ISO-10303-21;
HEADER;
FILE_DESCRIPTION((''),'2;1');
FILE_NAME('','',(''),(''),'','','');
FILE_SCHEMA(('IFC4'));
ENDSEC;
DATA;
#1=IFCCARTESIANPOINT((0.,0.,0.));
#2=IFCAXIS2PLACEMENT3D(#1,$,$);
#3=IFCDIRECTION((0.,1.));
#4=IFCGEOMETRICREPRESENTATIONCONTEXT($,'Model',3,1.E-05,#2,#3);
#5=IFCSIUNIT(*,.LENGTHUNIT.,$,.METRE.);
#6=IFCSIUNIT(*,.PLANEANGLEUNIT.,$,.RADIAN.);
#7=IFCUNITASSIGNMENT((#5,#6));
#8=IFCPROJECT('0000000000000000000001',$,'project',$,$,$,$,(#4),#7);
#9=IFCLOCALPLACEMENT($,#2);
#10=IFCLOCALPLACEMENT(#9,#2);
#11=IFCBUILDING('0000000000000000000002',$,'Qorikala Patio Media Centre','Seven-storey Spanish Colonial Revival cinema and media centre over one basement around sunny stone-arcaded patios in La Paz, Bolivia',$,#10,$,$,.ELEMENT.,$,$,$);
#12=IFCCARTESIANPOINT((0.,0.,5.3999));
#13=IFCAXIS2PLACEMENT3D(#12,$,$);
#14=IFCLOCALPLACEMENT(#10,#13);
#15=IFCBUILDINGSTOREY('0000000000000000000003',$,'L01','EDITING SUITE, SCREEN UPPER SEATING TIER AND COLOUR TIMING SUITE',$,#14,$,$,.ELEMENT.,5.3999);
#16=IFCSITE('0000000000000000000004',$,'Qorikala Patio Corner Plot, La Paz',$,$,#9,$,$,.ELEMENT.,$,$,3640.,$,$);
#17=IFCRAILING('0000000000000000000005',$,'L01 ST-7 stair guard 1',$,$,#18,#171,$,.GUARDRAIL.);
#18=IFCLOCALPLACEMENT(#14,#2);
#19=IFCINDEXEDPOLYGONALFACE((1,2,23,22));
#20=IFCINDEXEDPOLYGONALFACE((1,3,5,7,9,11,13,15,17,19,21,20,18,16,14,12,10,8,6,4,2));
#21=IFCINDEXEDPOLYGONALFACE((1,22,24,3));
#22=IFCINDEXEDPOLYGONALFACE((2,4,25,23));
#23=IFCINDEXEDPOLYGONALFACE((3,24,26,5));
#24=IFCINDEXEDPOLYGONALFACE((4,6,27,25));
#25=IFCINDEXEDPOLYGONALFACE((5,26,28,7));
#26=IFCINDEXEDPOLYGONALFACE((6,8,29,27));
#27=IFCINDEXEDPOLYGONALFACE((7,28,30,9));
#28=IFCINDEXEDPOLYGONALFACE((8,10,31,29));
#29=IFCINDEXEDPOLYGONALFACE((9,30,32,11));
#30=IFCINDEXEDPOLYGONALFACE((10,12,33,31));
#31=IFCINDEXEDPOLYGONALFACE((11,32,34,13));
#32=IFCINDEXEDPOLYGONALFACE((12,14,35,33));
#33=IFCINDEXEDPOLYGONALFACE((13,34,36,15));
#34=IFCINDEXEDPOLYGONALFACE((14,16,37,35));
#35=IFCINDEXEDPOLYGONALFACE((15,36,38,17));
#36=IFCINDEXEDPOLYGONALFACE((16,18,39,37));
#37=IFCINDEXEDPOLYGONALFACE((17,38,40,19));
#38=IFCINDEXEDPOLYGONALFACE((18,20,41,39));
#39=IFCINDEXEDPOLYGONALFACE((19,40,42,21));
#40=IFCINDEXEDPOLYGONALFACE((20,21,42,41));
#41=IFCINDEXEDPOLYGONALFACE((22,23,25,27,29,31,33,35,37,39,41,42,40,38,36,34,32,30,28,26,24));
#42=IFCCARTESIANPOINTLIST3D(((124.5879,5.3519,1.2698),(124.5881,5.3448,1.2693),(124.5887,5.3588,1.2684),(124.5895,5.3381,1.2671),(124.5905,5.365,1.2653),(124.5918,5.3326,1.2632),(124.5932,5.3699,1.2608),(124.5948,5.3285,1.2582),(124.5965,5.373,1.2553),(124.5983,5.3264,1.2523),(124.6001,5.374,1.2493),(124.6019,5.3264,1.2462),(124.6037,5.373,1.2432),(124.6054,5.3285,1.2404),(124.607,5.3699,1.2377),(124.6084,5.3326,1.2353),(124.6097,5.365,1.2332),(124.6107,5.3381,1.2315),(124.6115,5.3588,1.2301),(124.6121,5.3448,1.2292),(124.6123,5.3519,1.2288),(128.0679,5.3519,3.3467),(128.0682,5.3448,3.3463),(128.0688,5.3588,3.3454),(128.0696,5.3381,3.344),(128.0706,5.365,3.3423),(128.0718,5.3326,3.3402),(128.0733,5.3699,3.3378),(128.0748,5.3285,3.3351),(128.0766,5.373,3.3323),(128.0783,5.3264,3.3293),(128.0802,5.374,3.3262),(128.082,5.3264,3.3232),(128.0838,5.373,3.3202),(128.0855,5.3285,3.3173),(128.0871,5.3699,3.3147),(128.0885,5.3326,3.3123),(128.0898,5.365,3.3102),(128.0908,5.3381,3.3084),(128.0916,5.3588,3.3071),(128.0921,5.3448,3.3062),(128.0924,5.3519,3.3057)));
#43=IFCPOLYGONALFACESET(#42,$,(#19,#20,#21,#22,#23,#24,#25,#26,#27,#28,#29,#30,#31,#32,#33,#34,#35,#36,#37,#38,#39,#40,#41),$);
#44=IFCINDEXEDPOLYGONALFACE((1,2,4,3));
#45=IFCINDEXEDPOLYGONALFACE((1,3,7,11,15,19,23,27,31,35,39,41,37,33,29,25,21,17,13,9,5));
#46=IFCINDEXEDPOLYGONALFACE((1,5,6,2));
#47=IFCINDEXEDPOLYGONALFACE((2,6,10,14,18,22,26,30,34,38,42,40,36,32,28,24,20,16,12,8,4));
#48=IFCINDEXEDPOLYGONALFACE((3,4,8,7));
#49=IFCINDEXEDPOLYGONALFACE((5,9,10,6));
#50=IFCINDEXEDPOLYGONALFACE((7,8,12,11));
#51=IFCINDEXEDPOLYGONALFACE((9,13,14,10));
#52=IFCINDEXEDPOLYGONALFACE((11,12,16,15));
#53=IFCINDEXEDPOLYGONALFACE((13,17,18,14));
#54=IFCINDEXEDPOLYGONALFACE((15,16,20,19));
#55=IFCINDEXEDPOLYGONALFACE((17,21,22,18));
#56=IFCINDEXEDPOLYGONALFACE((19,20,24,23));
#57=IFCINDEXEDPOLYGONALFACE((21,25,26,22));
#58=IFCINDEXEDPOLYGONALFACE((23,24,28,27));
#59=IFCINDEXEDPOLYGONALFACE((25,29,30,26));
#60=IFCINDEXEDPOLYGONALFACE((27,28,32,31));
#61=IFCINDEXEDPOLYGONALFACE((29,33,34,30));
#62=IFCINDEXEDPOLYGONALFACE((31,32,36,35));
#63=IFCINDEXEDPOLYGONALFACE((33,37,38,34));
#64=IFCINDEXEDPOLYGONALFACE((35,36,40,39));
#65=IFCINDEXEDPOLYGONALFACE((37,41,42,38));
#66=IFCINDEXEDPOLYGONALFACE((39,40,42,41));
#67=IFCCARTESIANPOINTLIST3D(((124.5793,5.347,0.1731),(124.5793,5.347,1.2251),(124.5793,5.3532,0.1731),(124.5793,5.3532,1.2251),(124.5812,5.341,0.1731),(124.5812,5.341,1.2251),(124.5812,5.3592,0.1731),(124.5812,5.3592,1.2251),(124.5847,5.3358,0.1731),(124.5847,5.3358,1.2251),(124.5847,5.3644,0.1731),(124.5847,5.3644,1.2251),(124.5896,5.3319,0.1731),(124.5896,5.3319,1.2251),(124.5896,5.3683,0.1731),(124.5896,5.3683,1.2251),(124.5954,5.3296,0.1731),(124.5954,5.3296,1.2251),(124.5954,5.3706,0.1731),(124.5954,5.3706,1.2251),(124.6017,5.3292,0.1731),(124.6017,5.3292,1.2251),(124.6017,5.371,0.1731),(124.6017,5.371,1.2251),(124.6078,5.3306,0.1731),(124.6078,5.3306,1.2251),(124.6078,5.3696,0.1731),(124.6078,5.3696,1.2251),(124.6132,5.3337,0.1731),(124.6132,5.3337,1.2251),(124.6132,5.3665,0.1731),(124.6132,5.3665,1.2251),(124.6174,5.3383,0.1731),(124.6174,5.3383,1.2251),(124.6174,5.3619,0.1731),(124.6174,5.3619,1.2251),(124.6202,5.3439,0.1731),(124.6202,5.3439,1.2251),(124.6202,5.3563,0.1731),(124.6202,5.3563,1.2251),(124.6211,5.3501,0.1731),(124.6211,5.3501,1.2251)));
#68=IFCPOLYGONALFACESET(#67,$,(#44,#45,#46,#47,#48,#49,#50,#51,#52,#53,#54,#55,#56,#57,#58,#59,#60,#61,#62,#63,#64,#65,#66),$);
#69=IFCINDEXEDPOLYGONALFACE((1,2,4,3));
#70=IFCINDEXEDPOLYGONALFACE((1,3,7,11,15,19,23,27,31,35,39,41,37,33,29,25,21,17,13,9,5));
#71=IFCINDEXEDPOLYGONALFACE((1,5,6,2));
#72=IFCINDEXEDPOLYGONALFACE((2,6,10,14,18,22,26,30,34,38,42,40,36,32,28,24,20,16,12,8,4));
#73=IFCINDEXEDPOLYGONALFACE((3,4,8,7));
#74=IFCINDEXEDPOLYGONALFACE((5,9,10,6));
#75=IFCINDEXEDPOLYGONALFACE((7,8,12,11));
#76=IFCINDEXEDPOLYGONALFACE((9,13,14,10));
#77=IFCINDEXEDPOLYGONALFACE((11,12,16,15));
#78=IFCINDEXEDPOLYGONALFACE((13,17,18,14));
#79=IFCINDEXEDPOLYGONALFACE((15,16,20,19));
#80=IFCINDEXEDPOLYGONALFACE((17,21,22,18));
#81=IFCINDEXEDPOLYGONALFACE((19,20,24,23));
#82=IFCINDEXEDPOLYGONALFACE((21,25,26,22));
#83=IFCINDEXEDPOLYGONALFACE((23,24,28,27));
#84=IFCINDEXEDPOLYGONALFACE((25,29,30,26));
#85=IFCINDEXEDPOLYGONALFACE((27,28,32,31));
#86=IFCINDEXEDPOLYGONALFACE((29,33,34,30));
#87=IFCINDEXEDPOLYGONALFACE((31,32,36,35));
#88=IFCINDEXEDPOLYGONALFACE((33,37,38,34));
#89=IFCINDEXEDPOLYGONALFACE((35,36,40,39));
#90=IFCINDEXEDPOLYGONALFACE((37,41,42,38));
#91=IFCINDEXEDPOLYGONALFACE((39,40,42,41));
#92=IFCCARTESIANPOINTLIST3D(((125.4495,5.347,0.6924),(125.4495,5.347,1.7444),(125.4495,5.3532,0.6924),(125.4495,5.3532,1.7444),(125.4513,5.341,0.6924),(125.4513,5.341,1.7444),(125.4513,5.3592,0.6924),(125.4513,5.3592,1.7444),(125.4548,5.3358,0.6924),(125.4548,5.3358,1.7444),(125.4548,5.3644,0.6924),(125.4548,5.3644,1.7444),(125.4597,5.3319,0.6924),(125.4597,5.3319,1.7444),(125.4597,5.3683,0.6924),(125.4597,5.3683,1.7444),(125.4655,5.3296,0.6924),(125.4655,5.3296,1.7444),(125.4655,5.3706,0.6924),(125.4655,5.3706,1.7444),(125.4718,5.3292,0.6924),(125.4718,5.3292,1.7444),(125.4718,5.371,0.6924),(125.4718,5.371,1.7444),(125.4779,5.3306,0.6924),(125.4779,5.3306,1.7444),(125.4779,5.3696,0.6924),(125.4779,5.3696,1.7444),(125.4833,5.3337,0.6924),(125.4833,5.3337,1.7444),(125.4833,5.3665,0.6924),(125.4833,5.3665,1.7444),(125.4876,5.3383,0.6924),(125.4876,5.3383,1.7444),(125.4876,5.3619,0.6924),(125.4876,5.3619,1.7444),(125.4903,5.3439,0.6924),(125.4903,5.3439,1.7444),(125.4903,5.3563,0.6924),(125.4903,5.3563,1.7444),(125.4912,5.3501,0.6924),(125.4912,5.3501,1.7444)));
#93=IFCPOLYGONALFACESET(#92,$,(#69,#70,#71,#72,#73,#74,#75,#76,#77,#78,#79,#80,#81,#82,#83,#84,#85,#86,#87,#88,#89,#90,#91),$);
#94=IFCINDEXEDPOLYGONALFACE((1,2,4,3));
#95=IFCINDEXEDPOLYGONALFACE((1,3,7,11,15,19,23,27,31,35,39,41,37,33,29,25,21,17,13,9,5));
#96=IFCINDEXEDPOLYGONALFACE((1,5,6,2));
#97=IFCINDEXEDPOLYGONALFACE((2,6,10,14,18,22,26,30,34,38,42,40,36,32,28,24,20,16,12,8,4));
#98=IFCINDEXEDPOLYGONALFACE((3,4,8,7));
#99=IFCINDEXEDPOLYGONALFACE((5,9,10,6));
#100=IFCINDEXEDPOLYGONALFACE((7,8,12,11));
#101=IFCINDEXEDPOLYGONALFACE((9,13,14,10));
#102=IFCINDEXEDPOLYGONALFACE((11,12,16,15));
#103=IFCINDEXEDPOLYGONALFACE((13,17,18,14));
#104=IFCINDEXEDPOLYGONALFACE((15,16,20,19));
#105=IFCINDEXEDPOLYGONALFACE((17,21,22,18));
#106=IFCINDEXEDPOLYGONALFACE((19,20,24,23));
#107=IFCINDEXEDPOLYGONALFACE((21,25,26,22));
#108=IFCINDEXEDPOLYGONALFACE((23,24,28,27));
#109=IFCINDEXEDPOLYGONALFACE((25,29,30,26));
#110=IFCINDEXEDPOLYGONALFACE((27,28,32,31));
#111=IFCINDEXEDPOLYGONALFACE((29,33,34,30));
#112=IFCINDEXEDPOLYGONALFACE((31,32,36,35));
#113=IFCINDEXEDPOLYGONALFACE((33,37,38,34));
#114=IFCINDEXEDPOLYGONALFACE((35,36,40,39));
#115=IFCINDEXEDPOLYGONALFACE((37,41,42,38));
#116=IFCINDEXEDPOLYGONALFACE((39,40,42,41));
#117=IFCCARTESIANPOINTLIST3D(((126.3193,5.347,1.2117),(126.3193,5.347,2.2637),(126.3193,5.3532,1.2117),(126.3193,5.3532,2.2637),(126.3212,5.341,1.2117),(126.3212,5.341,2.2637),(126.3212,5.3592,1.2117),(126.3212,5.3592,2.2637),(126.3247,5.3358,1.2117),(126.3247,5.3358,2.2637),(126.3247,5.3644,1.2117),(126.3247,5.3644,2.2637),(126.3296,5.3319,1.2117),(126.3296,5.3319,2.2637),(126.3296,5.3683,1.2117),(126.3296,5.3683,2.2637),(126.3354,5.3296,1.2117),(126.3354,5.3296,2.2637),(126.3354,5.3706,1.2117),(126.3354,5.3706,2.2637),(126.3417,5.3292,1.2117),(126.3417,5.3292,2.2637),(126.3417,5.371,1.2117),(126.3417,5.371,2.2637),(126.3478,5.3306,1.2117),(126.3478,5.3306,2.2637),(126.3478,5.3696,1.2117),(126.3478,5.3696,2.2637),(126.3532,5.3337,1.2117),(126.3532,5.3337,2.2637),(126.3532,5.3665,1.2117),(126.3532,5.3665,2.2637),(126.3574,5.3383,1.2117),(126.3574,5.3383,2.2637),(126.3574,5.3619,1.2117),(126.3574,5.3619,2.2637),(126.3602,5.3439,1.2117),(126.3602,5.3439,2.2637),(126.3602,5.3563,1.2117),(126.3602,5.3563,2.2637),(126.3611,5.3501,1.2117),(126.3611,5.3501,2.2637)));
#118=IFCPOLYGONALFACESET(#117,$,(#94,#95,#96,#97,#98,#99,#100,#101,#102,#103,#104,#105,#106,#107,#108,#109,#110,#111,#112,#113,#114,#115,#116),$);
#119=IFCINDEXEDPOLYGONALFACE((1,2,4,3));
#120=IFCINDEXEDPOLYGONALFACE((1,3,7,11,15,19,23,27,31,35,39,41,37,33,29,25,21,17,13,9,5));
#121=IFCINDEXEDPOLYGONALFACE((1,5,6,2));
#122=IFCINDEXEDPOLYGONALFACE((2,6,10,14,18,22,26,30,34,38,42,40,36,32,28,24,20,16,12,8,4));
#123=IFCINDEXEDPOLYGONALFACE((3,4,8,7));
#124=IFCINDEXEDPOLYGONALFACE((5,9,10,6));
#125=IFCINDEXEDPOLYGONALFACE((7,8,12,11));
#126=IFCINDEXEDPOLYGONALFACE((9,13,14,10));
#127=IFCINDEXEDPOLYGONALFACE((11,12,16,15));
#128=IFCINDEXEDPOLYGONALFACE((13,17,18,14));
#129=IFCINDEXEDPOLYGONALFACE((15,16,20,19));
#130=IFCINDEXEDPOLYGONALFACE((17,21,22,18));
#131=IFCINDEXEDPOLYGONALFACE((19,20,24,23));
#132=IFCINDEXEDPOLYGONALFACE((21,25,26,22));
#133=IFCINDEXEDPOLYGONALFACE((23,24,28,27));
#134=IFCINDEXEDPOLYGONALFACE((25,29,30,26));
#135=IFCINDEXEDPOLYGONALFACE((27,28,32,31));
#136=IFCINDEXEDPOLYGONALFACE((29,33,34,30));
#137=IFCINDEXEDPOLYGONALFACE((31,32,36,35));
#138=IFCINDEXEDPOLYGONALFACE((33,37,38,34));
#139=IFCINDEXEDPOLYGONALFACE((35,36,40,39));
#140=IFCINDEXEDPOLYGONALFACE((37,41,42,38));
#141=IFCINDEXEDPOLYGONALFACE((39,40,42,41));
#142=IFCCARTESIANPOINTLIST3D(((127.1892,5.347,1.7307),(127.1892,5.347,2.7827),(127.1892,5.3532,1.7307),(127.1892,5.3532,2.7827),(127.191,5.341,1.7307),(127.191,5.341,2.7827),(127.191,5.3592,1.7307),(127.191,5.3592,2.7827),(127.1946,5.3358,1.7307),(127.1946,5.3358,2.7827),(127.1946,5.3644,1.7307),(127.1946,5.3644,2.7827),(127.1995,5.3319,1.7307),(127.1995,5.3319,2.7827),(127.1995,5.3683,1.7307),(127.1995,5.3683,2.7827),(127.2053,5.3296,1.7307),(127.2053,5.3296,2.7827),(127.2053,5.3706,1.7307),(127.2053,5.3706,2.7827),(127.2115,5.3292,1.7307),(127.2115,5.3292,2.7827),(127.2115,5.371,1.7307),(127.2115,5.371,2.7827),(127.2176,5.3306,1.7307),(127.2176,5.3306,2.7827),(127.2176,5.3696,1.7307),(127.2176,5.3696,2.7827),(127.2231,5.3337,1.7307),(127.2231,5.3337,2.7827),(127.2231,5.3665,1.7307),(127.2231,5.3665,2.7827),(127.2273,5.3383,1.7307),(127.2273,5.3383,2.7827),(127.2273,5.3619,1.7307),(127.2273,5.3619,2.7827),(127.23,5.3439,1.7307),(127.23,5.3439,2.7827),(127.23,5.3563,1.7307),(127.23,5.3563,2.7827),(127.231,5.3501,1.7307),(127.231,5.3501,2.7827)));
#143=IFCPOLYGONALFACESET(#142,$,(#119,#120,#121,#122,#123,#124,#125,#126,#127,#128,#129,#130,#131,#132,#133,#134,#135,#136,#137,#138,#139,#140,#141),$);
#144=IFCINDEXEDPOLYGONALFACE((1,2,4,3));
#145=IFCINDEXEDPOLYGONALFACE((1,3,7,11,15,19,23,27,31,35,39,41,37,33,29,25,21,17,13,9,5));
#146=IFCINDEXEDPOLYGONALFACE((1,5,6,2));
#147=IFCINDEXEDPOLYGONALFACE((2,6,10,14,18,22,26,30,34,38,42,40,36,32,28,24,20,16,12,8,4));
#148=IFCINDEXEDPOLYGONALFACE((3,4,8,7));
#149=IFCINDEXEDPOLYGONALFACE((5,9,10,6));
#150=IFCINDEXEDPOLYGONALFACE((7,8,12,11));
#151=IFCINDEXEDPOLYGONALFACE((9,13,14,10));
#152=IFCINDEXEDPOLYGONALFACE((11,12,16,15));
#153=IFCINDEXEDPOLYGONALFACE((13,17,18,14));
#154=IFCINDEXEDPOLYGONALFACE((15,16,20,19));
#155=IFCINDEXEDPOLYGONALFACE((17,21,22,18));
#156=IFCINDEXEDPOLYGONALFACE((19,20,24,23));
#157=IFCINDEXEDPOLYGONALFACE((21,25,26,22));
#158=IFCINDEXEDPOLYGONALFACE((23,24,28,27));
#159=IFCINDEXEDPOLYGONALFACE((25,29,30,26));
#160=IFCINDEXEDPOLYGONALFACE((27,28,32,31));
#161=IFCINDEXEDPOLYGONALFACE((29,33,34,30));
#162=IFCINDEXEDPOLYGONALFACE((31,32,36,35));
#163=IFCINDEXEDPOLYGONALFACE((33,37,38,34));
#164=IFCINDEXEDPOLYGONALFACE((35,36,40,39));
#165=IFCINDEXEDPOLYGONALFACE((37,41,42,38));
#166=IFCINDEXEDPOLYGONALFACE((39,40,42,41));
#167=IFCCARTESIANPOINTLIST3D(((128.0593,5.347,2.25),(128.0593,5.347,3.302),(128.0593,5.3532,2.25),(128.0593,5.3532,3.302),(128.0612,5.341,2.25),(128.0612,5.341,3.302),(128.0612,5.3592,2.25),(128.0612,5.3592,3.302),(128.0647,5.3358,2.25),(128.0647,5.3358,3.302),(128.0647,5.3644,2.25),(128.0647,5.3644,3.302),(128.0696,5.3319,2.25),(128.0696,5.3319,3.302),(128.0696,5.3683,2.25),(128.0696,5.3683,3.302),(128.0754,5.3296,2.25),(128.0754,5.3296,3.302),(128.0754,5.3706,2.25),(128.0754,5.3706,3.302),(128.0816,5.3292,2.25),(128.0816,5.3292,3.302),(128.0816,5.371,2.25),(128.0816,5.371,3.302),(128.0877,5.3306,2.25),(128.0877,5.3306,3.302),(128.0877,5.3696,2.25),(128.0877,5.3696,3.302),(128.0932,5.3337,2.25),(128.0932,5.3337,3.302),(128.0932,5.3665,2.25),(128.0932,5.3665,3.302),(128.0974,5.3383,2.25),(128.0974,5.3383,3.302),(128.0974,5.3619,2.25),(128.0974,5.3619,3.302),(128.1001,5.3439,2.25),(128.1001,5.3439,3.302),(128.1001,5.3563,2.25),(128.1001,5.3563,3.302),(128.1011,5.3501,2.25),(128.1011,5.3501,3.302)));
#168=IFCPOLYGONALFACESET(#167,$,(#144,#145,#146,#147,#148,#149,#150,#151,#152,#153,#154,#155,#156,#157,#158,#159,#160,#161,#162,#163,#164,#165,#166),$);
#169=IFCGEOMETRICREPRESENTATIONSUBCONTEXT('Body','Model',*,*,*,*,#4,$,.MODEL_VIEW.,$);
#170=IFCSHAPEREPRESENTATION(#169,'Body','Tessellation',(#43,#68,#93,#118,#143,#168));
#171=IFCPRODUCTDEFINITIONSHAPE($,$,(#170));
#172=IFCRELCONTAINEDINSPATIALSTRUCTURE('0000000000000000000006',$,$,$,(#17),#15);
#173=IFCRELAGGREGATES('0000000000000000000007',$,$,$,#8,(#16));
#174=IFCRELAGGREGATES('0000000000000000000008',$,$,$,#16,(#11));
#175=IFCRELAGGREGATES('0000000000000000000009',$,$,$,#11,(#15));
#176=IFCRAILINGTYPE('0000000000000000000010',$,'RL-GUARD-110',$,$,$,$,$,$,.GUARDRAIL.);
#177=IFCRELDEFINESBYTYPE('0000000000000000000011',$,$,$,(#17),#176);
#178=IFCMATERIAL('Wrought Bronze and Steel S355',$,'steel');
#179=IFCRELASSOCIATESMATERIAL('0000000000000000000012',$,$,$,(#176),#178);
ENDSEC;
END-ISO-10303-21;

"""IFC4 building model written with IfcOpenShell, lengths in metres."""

from ifc_helpers import new_model, si_unit, direction, frame, origin, origin_2d, place, context, subcontext, project, spatial, circle, extrude, material, type_object, element, save


model = new_model("IFC4")

# Units and contexts
model_context = context("Model", 3, precision=1e-05, world=origin(), true_north=direction((0.0, 1.0)))
body_context = subcontext(model_context, "Body", "Model", "MODEL_VIEW")
ifc_project = project(units=[si_unit("LENGTHUNIT", "METRE"), si_unit("PLANEANGLEUNIT", "RADIAN")], contexts=[model_context])

# Site, building, storey
site_placement = place(None, origin())
site = spatial("IfcSite", under=ifc_project, at=site_placement, Name="Qorikala Patio Corner Plot, La Paz", CompositionType="ELEMENT", RefElevation=3640.0)
building_placement = place(site_placement, origin())
building = spatial("IfcBuilding", under=site, at=building_placement, Name="Qorikala Patio Media Centre", Description="Seven-storey Spanish Colonial Revival cinema and media centre over one basement around sunny stone-arcaded patios in La Paz, Bolivia", CompositionType="ELEMENT")
storey_placement = place(building_placement, frame((0.0, 0.0, 5.3999)))
storey = spatial("IfcBuildingStorey", under=building, at=storey_placement, Name="L01", Description="EDITING SUITE, SCREEN UPPER SEATING TIER AND COLOUR TIMING SUITE", CompositionType="ELEMENT", Elevation=5.3999)

# Railing
ifc_material_1 = material(Name="Wrought Bronze and Steel S355", Category="steel")
railing_type_1 = type_object("IfcRailingType", Name="RL-GUARD-110", PredefinedType="GUARDRAIL", material=ifc_material_1)
railing_1_placement = place(storey_placement, frame((124.6001, 5.3501, 0.1731)))
element("IfcRailing", 1, at=railing_1_placement, inside=storey, type_object=railing_type_1, Name="L01 ST-7 stair guard 1", PredefinedType="GUARDRAIL", context=body_context, shape_type="SweptSolid", body=[
    extrude(circle(Radius=0.0239, at=origin_2d()), frame((0.0, 0.0, 1.0762), z_axis=(0.858697, 0.0, 0.512483), x_axis=(0.0, 1.0, 0.0)), (0.0, 0.0, 1.0), 4.0527),
    extrude(circle(Radius=0.021, at=origin_2d()), origin(), (0.0, 0.0, 1.0), 1.052),
    extrude(circle(Radius=0.021, at=origin_2d()), frame((0.8701, 0.0, 0.5193)), (0.0, 0.0, 1.0), 1.052),
    extrude(circle(Radius=0.021, at=origin_2d()), frame((1.74, 0.0, 1.0386)), (0.0, 0.0, 1.0), 1.052),
    extrude(circle(Radius=0.021, at=origin_2d()), frame((2.6099, 0.0, 1.5576)), (0.0, 0.0, 1.0), 1.052),
    extrude(circle(Radius=0.021, at=origin_2d()), frame((3.48, 0.0, 2.0769)), (0.0, 0.0, 1.0), 1.052),
])

save(model, "model.ifc")
